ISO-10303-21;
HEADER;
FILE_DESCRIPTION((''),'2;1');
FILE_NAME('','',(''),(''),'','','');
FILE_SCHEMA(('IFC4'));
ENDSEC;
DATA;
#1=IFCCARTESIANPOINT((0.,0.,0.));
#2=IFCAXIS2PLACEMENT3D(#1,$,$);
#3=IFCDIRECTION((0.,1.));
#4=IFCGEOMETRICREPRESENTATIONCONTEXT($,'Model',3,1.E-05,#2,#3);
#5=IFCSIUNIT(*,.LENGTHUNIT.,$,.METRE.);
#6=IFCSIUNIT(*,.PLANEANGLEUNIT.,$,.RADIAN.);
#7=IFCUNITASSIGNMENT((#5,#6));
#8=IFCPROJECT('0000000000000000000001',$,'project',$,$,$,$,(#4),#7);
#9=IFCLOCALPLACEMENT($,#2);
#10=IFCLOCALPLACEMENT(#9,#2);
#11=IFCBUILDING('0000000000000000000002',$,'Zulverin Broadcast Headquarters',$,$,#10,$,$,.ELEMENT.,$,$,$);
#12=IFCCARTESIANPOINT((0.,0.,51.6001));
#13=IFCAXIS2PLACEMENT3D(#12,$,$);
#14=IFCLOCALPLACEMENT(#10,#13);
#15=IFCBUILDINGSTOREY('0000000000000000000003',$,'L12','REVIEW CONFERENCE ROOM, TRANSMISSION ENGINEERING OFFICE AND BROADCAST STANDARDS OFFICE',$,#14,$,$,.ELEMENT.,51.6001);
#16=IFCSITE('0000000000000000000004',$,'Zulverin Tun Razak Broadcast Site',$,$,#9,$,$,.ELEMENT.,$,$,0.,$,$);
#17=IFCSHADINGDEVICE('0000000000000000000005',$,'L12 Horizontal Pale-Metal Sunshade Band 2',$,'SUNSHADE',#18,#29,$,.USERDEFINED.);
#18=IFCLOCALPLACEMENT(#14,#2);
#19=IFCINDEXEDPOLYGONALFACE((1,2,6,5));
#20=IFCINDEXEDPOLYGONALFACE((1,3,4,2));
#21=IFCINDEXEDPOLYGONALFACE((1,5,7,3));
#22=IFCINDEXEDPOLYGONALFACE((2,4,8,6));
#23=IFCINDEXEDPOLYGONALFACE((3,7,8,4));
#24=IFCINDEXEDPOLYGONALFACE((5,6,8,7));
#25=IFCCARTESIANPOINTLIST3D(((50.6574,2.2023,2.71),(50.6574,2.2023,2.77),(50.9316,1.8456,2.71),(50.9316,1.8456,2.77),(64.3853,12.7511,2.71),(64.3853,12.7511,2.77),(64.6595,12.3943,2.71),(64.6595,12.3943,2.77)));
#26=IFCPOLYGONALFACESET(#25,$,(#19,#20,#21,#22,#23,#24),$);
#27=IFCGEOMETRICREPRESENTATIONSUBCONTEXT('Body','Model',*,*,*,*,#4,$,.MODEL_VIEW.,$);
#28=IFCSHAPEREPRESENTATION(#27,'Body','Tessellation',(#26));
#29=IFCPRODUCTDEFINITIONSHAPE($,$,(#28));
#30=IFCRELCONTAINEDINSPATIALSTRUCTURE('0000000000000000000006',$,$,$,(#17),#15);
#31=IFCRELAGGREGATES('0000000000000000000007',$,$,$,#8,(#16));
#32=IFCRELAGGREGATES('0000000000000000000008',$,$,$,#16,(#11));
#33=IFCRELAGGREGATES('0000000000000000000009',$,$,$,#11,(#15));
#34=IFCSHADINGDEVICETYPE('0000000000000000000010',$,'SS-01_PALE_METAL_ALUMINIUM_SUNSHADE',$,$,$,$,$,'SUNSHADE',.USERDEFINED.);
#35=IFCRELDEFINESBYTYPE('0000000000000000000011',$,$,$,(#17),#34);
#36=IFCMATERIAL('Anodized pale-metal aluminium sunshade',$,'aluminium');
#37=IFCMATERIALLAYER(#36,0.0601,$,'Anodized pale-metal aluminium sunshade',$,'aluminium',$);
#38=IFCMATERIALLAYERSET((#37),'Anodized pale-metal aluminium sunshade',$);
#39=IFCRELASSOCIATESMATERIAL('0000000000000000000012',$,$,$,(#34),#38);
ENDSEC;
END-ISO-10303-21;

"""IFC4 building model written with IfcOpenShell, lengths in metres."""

from ifc_helpers import new_model, si_unit, direction, frame, origin, origin_2d, place, context, subcontext, project, spatial, rectangle, extrude, material, layer, layer_set, type_object, element, save


model = new_model("IFC4")

# Units and contexts
model_context = context("Model", 3, precision=1e-05, world=origin(), true_north=direction((0.0, 1.0)))
body_context = subcontext(model_context, "Body", "Model", "MODEL_VIEW")
ifc_project = project(units=[si_unit("LENGTHUNIT", "METRE"), si_unit("PLANEANGLEUNIT", "RADIAN")], contexts=[model_context])

# Site, building, storey
site_placement = place(None, origin())
site = spatial("IfcSite", under=ifc_project, at=site_placement, Name="Zulverin Tun Razak Broadcast Site", CompositionType="ELEMENT", RefElevation=0.0)
building_placement = place(site_placement, origin())
building = spatial("IfcBuilding", under=site, at=building_placement, Name="Zulverin Broadcast Headquarters", CompositionType="ELEMENT")
storey_placement = place(building_placement, frame((0.0, 0.0, 51.6001)))
storey = spatial("IfcBuildingStorey", under=building, at=storey_placement, Name="L12", Description="REVIEW CONFERENCE ROOM, TRANSMISSION ENGINEERING OFFICE AND BROADCAST STANDARDS OFFICE", CompositionType="ELEMENT", Elevation=51.6001)

# Shading device
ifc_material_1 = material(Name="Anodized pale-metal aluminium sunshade", Category="aluminium")
ifc_layer_1 = layer(ifc_material_1, 0.0601, Name="Anodized pale-metal aluminium sunshade", Category="aluminium")
ifc_layer_set_1 = layer_set([ifc_layer_1], Name="Anodized pale-metal aluminium sunshade")
shading_device_type_1 = type_object("IfcShadingDeviceType", Name="SS-01_PALE_METAL_ALUMINIUM_SUNSHADE", ElementType="SUNSHADE", PredefinedType="USERDEFINED", material=ifc_layer_set_1)
shading_device_1_placement = place(storey_placement, frame((57.6584, 7.2983, 2.71), z_axis=(0.0, 0.0, 1.0), x_axis=(0.792933, 0.609308, 0.0)))
element("IfcShadingDevice", 1, at=shading_device_1_placement, inside=storey, type_object=shading_device_type_1, Name="L12 Horizontal Pale-Metal Sunshade Band 2", ObjectType="SUNSHADE", PredefinedType="USERDEFINED", context=body_context, shape_type="SweptSolid", body=[
    extrude(rectangle(XDim=17.3127, YDim=0.45, at=origin_2d()), origin(), (0.0, 0.0, 1.0), 0.0601),
])

save(model, "model.ifc")
